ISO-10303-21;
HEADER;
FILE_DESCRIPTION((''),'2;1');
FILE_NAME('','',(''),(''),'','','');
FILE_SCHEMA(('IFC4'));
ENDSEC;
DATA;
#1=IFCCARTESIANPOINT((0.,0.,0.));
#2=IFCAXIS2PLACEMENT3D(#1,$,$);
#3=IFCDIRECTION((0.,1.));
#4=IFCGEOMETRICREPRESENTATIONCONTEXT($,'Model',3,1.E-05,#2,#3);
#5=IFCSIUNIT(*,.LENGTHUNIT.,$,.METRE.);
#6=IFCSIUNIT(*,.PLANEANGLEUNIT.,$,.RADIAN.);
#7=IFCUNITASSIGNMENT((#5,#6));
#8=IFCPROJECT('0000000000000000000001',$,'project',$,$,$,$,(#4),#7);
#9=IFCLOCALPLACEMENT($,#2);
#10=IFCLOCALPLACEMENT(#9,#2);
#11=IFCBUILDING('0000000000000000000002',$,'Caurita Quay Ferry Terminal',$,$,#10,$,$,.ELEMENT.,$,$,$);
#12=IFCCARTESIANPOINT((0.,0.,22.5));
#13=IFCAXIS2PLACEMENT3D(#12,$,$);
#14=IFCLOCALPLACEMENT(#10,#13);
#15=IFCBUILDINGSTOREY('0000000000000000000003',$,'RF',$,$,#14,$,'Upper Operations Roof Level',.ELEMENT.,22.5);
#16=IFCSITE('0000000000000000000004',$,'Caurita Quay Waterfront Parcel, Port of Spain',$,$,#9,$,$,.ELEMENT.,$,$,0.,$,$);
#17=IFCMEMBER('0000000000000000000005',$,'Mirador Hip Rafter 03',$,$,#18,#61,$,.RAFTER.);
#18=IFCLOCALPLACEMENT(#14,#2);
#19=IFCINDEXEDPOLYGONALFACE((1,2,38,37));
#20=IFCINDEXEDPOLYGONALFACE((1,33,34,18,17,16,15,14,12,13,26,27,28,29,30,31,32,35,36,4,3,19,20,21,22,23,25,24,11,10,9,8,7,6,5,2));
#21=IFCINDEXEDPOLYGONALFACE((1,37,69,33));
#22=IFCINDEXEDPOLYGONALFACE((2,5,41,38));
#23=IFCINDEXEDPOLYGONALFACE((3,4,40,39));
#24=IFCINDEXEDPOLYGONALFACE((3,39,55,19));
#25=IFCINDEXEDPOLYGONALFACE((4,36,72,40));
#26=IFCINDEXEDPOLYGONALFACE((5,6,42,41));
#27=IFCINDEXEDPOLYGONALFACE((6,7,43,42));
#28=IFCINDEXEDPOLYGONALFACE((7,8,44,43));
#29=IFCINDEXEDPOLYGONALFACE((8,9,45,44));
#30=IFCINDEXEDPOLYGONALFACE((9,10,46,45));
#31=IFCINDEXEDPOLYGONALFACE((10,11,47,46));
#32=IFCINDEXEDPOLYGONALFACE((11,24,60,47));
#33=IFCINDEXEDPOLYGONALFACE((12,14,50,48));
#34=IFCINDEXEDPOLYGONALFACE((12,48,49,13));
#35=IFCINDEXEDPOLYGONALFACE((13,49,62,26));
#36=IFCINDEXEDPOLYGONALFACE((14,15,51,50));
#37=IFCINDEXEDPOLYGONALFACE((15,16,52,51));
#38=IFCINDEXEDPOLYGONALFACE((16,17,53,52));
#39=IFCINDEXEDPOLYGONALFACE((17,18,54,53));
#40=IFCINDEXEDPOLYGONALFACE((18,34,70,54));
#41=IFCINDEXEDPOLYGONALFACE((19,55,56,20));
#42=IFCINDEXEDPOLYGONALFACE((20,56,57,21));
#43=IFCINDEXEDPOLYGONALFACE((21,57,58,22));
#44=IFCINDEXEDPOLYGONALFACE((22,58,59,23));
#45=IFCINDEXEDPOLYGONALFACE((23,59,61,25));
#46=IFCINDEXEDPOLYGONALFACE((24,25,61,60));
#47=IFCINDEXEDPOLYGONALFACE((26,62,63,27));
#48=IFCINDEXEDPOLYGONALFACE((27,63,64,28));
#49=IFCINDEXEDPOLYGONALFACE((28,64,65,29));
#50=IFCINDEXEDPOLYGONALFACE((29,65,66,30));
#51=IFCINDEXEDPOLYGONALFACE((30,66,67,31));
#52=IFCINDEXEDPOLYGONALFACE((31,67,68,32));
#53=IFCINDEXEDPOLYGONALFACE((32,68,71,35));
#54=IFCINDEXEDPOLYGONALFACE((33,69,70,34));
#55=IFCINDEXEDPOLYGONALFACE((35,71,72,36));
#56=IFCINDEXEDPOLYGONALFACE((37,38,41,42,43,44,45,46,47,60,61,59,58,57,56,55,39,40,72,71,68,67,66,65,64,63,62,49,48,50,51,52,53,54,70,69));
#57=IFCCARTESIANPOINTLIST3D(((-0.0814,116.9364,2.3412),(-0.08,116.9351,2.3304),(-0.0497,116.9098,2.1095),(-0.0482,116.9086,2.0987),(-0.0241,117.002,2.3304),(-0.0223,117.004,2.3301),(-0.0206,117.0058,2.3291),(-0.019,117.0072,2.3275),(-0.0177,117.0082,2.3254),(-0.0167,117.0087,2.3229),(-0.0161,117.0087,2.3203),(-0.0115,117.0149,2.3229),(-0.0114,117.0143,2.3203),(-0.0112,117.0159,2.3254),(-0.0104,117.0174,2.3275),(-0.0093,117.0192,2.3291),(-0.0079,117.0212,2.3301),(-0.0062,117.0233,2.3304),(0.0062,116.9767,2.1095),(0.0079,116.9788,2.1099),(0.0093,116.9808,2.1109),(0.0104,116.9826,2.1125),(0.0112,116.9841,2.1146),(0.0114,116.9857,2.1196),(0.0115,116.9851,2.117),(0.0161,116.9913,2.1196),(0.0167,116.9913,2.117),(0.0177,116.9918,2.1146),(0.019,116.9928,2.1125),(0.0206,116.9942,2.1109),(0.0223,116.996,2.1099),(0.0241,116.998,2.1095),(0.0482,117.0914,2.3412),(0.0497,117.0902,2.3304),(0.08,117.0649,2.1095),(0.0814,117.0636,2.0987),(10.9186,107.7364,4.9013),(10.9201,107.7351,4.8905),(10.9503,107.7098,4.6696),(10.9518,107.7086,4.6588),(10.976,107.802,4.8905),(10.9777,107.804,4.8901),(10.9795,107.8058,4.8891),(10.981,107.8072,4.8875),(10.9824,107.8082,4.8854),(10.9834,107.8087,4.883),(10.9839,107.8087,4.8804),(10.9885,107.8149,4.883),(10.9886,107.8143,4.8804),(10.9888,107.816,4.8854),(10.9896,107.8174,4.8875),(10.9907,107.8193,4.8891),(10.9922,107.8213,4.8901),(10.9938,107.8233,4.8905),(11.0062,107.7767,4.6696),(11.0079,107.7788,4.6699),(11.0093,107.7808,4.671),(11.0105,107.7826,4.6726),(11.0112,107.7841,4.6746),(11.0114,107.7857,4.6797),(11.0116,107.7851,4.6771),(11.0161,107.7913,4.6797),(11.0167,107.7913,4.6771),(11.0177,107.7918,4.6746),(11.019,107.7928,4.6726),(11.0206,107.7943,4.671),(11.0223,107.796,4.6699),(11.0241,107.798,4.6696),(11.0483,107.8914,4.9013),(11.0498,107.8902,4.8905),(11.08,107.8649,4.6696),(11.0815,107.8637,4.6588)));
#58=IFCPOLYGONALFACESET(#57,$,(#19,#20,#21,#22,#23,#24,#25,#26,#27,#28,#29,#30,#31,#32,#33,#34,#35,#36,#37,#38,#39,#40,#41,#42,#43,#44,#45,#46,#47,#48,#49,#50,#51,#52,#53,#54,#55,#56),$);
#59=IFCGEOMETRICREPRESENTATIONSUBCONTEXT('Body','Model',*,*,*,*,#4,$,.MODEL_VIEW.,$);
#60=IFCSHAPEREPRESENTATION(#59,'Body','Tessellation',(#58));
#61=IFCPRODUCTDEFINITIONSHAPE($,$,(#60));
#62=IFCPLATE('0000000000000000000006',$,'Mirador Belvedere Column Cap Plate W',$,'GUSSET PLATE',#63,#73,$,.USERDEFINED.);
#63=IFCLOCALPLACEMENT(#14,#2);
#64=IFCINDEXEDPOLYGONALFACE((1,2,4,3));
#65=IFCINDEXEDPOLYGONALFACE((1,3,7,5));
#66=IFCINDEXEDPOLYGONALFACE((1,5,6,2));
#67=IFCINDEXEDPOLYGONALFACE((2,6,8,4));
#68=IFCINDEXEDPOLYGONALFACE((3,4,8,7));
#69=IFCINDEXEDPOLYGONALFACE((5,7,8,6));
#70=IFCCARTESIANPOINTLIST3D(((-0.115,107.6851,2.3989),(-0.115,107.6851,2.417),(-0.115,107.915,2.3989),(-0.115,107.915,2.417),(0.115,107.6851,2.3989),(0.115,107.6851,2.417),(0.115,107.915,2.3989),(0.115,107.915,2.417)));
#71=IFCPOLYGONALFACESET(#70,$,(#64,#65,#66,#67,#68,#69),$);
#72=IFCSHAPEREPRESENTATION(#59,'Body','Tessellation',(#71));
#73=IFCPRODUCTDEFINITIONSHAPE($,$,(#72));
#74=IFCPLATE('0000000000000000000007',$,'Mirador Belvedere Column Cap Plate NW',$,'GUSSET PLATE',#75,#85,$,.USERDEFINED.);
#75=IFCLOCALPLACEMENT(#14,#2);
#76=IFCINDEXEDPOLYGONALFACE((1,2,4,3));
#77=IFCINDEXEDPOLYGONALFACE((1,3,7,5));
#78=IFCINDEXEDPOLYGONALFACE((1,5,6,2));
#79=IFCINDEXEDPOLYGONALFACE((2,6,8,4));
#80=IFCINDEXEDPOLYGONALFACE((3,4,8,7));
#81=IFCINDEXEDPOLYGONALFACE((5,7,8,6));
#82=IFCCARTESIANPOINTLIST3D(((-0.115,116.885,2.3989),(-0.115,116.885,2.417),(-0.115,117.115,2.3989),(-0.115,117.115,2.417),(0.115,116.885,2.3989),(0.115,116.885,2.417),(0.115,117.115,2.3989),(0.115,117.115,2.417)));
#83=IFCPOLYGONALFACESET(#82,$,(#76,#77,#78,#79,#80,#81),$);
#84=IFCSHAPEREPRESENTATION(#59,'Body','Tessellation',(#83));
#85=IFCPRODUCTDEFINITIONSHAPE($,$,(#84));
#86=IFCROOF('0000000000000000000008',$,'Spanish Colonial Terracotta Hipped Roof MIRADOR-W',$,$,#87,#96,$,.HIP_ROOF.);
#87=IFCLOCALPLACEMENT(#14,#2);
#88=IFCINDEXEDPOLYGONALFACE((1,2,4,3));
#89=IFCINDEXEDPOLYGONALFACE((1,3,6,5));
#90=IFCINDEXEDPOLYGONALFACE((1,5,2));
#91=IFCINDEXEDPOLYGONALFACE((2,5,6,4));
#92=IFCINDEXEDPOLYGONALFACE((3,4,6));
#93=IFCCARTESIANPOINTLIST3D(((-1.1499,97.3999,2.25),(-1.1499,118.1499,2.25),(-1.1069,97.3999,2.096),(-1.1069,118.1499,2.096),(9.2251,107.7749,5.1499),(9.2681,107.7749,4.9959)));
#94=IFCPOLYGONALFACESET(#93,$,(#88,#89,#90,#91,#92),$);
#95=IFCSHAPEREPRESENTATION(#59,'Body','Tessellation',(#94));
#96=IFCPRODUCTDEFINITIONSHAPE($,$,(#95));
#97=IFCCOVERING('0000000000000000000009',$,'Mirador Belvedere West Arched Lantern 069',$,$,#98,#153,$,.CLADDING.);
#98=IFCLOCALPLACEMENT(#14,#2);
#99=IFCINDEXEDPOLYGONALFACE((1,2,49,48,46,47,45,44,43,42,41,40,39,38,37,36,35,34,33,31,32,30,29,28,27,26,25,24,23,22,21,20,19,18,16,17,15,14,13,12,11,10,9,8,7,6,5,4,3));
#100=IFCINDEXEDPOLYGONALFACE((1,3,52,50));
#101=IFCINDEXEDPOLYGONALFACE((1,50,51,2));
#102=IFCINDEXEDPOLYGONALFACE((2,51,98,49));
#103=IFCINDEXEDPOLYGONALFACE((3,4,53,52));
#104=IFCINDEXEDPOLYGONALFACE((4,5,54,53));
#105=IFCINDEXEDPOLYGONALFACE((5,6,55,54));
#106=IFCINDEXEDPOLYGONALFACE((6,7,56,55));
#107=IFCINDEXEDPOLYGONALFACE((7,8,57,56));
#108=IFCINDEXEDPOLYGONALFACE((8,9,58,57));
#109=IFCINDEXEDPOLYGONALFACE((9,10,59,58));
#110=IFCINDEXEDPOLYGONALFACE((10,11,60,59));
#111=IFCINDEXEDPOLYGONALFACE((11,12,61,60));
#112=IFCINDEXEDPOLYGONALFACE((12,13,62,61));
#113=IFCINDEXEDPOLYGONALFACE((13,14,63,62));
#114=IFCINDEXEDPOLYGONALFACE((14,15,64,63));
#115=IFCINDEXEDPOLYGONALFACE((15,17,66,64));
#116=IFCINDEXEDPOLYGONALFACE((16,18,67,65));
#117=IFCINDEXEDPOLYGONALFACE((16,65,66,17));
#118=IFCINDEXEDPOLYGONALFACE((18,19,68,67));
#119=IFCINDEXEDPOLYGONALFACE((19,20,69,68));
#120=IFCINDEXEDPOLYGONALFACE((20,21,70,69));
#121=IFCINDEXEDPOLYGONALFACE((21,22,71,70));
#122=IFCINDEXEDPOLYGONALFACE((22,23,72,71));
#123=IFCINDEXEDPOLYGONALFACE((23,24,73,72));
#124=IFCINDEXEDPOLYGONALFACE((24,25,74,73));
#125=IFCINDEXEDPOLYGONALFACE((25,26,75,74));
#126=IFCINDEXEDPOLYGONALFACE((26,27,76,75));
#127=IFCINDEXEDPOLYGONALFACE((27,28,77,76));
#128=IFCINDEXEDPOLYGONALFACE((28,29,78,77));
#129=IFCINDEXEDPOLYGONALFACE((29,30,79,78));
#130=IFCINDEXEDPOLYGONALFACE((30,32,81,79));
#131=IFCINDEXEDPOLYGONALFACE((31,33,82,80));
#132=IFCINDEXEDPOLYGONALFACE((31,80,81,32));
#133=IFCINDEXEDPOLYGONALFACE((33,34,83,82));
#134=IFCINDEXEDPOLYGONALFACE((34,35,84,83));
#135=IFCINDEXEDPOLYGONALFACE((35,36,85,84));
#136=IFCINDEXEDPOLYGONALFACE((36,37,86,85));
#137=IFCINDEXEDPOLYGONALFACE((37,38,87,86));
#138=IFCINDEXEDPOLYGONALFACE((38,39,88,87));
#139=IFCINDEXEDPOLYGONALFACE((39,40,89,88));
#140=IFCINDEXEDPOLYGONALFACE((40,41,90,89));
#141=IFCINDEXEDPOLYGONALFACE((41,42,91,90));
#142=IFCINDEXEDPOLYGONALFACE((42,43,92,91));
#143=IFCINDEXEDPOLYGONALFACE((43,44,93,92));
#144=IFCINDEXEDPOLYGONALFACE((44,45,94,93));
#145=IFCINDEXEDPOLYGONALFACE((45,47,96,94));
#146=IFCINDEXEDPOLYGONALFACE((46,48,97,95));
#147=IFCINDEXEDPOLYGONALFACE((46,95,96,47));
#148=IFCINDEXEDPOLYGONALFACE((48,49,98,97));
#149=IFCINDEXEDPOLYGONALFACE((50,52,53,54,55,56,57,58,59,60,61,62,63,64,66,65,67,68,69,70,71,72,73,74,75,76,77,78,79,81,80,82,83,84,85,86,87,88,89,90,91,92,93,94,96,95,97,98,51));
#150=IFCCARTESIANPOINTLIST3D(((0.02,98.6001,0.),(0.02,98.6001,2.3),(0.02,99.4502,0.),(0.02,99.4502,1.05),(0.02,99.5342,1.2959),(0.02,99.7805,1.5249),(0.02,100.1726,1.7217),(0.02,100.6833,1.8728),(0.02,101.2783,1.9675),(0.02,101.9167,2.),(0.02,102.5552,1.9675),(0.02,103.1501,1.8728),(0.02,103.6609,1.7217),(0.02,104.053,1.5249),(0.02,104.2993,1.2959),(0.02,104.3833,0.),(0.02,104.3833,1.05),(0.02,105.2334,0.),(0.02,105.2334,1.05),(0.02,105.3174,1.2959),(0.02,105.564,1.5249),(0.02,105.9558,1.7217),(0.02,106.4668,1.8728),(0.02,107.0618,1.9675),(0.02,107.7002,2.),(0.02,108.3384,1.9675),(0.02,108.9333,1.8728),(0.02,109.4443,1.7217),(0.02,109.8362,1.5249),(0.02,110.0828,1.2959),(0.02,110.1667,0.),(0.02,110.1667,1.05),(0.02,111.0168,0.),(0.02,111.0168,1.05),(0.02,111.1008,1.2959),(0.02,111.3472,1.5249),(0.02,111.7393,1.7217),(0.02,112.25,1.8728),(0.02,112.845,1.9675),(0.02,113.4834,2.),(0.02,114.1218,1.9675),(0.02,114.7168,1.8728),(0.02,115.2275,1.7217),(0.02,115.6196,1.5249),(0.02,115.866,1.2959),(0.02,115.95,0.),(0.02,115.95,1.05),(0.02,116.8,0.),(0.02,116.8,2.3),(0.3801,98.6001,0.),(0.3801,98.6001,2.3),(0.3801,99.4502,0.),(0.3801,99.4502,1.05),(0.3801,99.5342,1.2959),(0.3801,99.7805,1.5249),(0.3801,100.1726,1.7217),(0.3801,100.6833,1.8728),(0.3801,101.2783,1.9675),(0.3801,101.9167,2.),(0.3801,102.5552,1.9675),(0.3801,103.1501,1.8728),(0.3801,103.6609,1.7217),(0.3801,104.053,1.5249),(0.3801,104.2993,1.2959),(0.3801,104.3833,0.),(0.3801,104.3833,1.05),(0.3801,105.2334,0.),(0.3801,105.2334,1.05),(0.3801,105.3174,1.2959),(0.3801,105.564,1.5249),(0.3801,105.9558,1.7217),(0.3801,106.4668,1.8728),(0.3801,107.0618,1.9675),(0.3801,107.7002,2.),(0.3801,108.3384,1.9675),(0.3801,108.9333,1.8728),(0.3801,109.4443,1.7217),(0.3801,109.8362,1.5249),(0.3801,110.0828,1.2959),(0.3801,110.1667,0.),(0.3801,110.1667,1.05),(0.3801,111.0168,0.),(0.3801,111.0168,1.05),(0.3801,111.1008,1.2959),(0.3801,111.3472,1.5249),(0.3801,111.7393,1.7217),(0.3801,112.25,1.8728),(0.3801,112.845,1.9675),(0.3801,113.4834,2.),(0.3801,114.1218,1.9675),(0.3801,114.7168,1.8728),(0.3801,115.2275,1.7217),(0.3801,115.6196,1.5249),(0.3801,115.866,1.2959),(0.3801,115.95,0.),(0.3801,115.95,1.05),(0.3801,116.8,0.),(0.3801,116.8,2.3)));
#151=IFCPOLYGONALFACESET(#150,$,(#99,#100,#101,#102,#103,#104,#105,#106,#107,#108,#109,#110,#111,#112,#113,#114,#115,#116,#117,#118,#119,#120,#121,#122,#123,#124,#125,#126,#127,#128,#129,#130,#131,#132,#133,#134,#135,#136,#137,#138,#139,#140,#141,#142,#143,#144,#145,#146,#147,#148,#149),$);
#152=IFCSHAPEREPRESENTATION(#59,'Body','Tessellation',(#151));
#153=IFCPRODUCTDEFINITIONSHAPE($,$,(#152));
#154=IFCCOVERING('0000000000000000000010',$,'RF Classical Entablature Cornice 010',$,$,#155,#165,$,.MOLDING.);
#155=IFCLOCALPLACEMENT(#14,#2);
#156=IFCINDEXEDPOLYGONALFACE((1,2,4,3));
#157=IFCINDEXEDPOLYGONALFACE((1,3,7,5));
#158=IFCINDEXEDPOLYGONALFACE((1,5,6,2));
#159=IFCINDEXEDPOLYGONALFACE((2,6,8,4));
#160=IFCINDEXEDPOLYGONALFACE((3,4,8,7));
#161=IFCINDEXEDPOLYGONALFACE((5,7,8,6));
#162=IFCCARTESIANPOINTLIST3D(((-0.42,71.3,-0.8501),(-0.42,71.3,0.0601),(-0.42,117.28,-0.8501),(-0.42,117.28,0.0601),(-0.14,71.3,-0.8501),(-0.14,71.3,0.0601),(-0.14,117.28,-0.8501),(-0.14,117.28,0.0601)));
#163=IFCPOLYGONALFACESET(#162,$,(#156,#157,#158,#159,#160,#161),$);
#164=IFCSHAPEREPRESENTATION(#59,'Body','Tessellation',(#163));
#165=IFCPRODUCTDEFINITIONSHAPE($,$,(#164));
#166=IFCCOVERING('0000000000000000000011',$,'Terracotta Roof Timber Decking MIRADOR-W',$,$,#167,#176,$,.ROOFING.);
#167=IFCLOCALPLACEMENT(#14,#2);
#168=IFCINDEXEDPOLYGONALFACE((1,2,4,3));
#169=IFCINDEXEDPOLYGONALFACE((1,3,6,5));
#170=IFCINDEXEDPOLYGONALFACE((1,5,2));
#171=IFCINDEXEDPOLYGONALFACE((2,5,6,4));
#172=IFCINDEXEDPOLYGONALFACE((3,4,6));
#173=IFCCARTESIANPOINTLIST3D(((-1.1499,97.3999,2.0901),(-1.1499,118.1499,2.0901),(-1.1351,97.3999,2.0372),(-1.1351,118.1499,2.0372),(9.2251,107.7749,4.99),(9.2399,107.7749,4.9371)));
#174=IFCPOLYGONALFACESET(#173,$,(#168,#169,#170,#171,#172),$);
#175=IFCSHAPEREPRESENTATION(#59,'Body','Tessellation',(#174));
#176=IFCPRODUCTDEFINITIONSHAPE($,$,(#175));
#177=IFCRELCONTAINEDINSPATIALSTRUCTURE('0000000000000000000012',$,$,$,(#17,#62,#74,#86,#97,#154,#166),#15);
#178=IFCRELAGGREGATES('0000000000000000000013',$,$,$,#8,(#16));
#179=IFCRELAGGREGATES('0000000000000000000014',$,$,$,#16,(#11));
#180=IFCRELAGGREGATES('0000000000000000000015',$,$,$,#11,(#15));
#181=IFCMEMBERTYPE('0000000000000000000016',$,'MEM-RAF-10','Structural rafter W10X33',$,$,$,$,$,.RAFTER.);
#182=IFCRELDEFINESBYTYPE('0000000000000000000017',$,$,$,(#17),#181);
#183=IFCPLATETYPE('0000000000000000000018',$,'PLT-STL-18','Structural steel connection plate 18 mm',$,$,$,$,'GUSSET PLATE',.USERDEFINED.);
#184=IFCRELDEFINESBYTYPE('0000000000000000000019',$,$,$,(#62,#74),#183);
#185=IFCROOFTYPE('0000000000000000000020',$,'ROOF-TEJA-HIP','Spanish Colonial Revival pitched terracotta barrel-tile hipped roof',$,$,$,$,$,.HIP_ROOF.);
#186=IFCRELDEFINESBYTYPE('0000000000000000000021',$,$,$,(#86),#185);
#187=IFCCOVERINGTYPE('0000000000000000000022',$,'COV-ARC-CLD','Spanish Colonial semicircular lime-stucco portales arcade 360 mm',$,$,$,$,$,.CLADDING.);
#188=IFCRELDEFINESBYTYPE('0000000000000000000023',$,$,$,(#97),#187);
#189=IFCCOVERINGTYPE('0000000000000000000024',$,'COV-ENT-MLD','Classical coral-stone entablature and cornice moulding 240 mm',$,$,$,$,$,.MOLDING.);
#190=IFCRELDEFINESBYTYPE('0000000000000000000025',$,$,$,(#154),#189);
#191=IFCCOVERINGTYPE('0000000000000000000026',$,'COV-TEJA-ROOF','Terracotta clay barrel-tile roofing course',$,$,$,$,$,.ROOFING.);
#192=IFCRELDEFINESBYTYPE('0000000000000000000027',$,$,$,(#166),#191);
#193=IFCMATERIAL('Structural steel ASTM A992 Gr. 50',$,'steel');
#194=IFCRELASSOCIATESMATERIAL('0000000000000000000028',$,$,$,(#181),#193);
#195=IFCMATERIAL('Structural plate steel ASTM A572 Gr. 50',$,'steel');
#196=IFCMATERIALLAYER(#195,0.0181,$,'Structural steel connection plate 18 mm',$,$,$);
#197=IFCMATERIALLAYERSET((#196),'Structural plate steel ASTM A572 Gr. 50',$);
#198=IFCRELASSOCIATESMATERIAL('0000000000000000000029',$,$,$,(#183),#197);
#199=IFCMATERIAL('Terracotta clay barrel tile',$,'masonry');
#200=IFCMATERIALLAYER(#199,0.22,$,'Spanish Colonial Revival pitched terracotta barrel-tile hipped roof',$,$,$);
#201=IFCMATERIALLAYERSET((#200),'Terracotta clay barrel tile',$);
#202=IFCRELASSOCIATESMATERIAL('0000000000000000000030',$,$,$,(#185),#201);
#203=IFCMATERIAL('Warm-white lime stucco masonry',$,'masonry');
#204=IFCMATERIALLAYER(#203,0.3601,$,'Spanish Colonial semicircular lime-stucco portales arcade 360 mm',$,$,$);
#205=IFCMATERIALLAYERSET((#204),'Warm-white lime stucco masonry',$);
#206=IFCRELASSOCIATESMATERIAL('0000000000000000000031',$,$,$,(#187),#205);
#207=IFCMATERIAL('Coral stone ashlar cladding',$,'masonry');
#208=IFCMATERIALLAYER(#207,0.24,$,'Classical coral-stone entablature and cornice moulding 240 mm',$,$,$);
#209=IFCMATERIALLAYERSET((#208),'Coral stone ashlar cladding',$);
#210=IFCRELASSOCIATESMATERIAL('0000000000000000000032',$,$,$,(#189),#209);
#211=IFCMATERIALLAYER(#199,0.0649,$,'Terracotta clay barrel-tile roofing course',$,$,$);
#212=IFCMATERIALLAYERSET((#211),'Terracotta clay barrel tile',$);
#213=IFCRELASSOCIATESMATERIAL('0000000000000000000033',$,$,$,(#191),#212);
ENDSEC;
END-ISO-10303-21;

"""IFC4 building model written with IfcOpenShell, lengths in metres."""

from ifc_helpers import new_model, si_unit, direction, frame, frame_2d, origin, origin_2d, place, context, subcontext, project, spatial, polyline, rectangle, i_section, outline, extrude, material, layer, layer_set, material_profile, profile_set, type_object, element, save


model = new_model("IFC4")

# Units and contexts
model_context = context("Model", 3, precision=1e-05, world=origin(), true_north=direction((0.0, 1.0)))
body_context = subcontext(model_context, "Body", "Model", "MODEL_VIEW")
ifc_project = project(units=[si_unit("LENGTHUNIT", "METRE"), si_unit("PLANEANGLEUNIT", "RADIAN")], contexts=[model_context])

# Site, building, storey
site_placement = place(None, origin())
site = spatial("IfcSite", under=ifc_project, at=site_placement, Name="Caurita Quay Waterfront Parcel, Port of Spain", CompositionType="ELEMENT", RefElevation=0.0)
building_placement = place(site_placement, origin())
building = spatial("IfcBuilding", under=site, at=building_placement, Name="Caurita Quay Ferry Terminal", CompositionType="ELEMENT")
storey_placement = place(building_placement, frame((0.0, 0.0, 22.5)))
storey = spatial("IfcBuildingStorey", under=building, at=storey_placement, Name="RF", LongName="Upper Operations Roof Level", CompositionType="ELEMENT", Elevation=22.5)

# Shared definitions
ifc_material_1 = material(Name="Structural steel ASTM A992 Gr. 50", Category="steel")

# Member
ifc_material_profile_1 = material_profile(ifc_material_1, i_section(OverallWidth=0.2021, OverallDepth=0.2463, WebThickness=0.0073, FlangeThickness=0.011, FilletRadius=0.0103, at=origin_2d()), Name="W10X33")
ifc_profile_set_1 = profile_set([ifc_material_profile_1], Name="Structural steel ASTM A992 Gr. 50")
member_type = type_object("IfcMemberType", Name="MEM-RAF-10", Description="Structural rafter W10X33", PredefinedType="RAFTER", material=ifc_profile_set_1)
member_placement = place(storey_placement, frame((0.0, 117.0, 2.22), z_axis=(0.755139, -0.631568, 0.175746), x_axis=(0.641553, 0.767079, 0.0)))
element("IfcMember", 1, at=member_placement, inside=storey, type_object=member_type, Name="Mirador Hip Rafter 03", PredefinedType="RAFTER", context=body_context, shape_type="SweptSolid", body=[
    extrude(i_section(OverallWidth=0.2021, OverallDepth=0.2463, WebThickness=0.0073, FlangeThickness=0.011, FilletRadius=0.0103, at=origin_2d()), origin(), (0.0, 0.0, 1.0), 14.5669),
])

# Plates
ifc_material_2 = material(Name="Structural plate steel ASTM A572 Gr. 50", Category="steel")
ifc_layer_1 = layer(ifc_material_2, 0.0181, Name="Structural steel connection plate 18 mm")
ifc_layer_set_1 = layer_set([ifc_layer_1], Name="Structural plate steel ASTM A572 Gr. 50")
plate_type = type_object("IfcPlateType", Name="PLT-STL-18", Description="Structural steel connection plate 18 mm", ElementType="GUSSET PLATE", PredefinedType="USERDEFINED", material=ifc_layer_set_1)
for number, where, z_axis, x_axis, name in (
    (2, (0.0, 107.8, 2.3989), (0.0, 0.0, 1.0), (1.0, 0.0, 0.0), "Mirador Belvedere Column Cap Plate W"),
    (3, (0.0, 117.0, 2.3989), (0.0, 0.0, 1.0), (1.0, 0.0, 0.0), "Mirador Belvedere Column Cap Plate NW"),
):
    element("IfcPlate", number, at=place(storey_placement, frame(where, z_axis=z_axis, x_axis=x_axis)), inside=storey, type_object=plate_type, Name=name, ObjectType="GUSSET PLATE", PredefinedType="USERDEFINED", context=body_context, shape_type="SweptSolid", body=[
        extrude(rectangle(XDim=0.23, YDim=0.23, at=origin_2d()), origin(), (0.0, 0.0, 1.0), 0.0181),
    ])

# Roof
ifc_material_3 = material(Name="Terracotta clay barrel tile", Category="masonry")
ifc_layer_2 = layer(ifc_material_3, 0.22, Name="Spanish Colonial Revival pitched terracotta barrel-tile hipped roof")
ifc_layer_set_2 = layer_set([ifc_layer_2], Name="Terracotta clay barrel tile")
roof_type = type_object("IfcRoofType", Name="ROOF-TEJA-HIP", Description="Spanish Colonial Revival pitched terracotta barrel-tile hipped roof", PredefinedType="HIP_ROOF", material=ifc_layer_set_2)
roof_placement = place(storey_placement, frame((-1.1499, 118.1499, 2.25), z_axis=(-0.269191, 0.0, 0.963087), x_axis=(0.0, -1.0, 0.0)))
element("IfcRoof", 4, at=roof_placement, inside=storey, type_object=roof_type, Name="Spanish Colonial Terracotta Hipped Roof MIRADOR-W", PredefinedType="HIP_ROOF", context=body_context, shape_type="SweptSolid", body=[
    extrude(outline(polyline([(0.0, 0.0), (20.75, 0.0), (10.375, 10.7727), (0.0, 0.0)])), origin(), (0.0, 0.0, -1.0), 0.1599),
])

# Coverings
ifc_material_4 = material(Name="Warm-white lime stucco masonry", Category="masonry")
ifc_layer_3 = layer(ifc_material_4, 0.3601, Name="Spanish Colonial semicircular lime-stucco portales arcade 360 mm")
ifc_layer_set_3 = layer_set([ifc_layer_3], Name="Warm-white lime stucco masonry")
covering_type_1 = type_object("IfcCoveringType", Name="COV-ARC-CLD", Description="Spanish Colonial semicircular lime-stucco portales arcade 360 mm", PredefinedType="CLADDING", material=ifc_layer_set_3)
covering_1_placement = place(storey_placement, frame((0.2, 116.8, 0.0), z_axis=(0.0, 0.0, 1.0), x_axis=(0.0, -1.0, 0.0)))
element("IfcCovering", 5, at=covering_1_placement, inside=storey, type_object=covering_type_1, Name="Mirador Belvedere West Arched Lantern 069", PredefinedType="CLADDING", context=body_context, shape_type="SweptSolid", body=[
    extrude(outline(polyline([(0.0, 0.0), (0.8501, 0.0), (0.8501, 1.05), (0.9341, 1.2959), (1.1804, 1.5249), (1.5725, 1.7217), (2.0833, 1.8728), (2.6782, 1.9675), (3.3167, 2.0), (3.9551, 1.9675), (4.55, 1.8728), (5.0608, 1.7217), (5.4529, 1.5249), (5.6992, 1.2959), (5.7832, 1.05), (5.7832, 0.0), (6.6333, 0.0), (6.6333, 1.05), (6.7173, 1.2959), (6.9639, 1.5249), (7.3557, 1.7217), (7.8667, 1.8728), (8.4617, 1.9675), (9.0999, 2.0), (9.7383, 1.9675), (10.3333, 1.8728), (10.8442, 1.7217), (11.2361, 1.5249), (11.4827, 1.2959), (11.5667, 1.05), (11.5667, 0.0), (12.4167, 0.0), (12.4167, 1.05), (12.5007, 1.2959), (12.7471, 1.5249), (13.1392, 1.7217), (13.6499, 1.8728), (14.2449, 1.9675), (14.8833, 2.0), (15.5217, 1.9675), (16.1167, 1.8728), (16.6274, 1.7217), (17.0195, 1.5249), (17.2659, 1.2959), (17.3499, 1.05), (17.3499, 0.0), (18.2, 0.0), (18.2, 2.3), (0.0, 2.3), (0.0, 0.0)])), frame((0.0, 0.1802, 0.0), z_axis=(0.0, -1.0, 0.0), x_axis=(1.0, 0.0, 0.0)), (0.0, 0.0, 1.0), 0.3601),
])
ifc_material_5 = material(Name="Coral stone ashlar cladding", Category="masonry")
ifc_layer_4 = layer(ifc_material_5, 0.24, Name="Classical coral-stone entablature and cornice moulding 240 mm")
ifc_layer_set_4 = layer_set([ifc_layer_4], Name="Coral stone ashlar cladding")
covering_type_2 = type_object("IfcCoveringType", Name="COV-ENT-MLD", Description="Classical coral-stone entablature and cornice moulding 240 mm", PredefinedType="MOLDING", material=ifc_layer_set_4)
covering_2_placement = place(storey_placement, frame((-0.28, 117.28, -0.8501), z_axis=(0.0, 0.0, 1.0), x_axis=(0.0, -1.0, 0.0)))
element("IfcCovering", 6, at=covering_2_placement, inside=storey, type_object=covering_type_2, Name="RF Classical Entablature Cornice 010", PredefinedType="MOLDING", context=body_context, shape_type="SweptSolid", body=[
    extrude(rectangle(XDim=45.98, YDim=0.28, at=frame_2d((22.99, 0.0))), origin(), (0.0, 0.0, 1.0), 0.9102),
])
ifc_layer_5 = layer(ifc_material_3, 0.0649, Name="Terracotta clay barrel-tile roofing course")
ifc_layer_set_5 = layer_set([ifc_layer_5], Name="Terracotta clay barrel tile")
covering_type_3 = type_object("IfcCoveringType", Name="COV-TEJA-ROOF", Description="Terracotta clay barrel-tile roofing course", PredefinedType="ROOFING", material=ifc_layer_set_5)
covering_3_placement = place(storey_placement, frame((-1.1499, 118.1499, 2.0901), z_axis=(-0.269191, 0.0, 0.963087), x_axis=(0.0, -1.0, 0.0)))
element("IfcCovering", 7, at=covering_3_placement, inside=storey, type_object=covering_type_3, Name="Terracotta Roof Timber Decking MIRADOR-W", PredefinedType="ROOFING", context=body_context, shape_type="SweptSolid", body=[
    extrude(outline(polyline([(0.0, 0.0), (20.75, 0.0), (10.375, 10.7727), (0.0, 0.0)])), origin(), (0.0, 0.0, -1.0), 0.0549),
])

save(model, "model.ifc")
